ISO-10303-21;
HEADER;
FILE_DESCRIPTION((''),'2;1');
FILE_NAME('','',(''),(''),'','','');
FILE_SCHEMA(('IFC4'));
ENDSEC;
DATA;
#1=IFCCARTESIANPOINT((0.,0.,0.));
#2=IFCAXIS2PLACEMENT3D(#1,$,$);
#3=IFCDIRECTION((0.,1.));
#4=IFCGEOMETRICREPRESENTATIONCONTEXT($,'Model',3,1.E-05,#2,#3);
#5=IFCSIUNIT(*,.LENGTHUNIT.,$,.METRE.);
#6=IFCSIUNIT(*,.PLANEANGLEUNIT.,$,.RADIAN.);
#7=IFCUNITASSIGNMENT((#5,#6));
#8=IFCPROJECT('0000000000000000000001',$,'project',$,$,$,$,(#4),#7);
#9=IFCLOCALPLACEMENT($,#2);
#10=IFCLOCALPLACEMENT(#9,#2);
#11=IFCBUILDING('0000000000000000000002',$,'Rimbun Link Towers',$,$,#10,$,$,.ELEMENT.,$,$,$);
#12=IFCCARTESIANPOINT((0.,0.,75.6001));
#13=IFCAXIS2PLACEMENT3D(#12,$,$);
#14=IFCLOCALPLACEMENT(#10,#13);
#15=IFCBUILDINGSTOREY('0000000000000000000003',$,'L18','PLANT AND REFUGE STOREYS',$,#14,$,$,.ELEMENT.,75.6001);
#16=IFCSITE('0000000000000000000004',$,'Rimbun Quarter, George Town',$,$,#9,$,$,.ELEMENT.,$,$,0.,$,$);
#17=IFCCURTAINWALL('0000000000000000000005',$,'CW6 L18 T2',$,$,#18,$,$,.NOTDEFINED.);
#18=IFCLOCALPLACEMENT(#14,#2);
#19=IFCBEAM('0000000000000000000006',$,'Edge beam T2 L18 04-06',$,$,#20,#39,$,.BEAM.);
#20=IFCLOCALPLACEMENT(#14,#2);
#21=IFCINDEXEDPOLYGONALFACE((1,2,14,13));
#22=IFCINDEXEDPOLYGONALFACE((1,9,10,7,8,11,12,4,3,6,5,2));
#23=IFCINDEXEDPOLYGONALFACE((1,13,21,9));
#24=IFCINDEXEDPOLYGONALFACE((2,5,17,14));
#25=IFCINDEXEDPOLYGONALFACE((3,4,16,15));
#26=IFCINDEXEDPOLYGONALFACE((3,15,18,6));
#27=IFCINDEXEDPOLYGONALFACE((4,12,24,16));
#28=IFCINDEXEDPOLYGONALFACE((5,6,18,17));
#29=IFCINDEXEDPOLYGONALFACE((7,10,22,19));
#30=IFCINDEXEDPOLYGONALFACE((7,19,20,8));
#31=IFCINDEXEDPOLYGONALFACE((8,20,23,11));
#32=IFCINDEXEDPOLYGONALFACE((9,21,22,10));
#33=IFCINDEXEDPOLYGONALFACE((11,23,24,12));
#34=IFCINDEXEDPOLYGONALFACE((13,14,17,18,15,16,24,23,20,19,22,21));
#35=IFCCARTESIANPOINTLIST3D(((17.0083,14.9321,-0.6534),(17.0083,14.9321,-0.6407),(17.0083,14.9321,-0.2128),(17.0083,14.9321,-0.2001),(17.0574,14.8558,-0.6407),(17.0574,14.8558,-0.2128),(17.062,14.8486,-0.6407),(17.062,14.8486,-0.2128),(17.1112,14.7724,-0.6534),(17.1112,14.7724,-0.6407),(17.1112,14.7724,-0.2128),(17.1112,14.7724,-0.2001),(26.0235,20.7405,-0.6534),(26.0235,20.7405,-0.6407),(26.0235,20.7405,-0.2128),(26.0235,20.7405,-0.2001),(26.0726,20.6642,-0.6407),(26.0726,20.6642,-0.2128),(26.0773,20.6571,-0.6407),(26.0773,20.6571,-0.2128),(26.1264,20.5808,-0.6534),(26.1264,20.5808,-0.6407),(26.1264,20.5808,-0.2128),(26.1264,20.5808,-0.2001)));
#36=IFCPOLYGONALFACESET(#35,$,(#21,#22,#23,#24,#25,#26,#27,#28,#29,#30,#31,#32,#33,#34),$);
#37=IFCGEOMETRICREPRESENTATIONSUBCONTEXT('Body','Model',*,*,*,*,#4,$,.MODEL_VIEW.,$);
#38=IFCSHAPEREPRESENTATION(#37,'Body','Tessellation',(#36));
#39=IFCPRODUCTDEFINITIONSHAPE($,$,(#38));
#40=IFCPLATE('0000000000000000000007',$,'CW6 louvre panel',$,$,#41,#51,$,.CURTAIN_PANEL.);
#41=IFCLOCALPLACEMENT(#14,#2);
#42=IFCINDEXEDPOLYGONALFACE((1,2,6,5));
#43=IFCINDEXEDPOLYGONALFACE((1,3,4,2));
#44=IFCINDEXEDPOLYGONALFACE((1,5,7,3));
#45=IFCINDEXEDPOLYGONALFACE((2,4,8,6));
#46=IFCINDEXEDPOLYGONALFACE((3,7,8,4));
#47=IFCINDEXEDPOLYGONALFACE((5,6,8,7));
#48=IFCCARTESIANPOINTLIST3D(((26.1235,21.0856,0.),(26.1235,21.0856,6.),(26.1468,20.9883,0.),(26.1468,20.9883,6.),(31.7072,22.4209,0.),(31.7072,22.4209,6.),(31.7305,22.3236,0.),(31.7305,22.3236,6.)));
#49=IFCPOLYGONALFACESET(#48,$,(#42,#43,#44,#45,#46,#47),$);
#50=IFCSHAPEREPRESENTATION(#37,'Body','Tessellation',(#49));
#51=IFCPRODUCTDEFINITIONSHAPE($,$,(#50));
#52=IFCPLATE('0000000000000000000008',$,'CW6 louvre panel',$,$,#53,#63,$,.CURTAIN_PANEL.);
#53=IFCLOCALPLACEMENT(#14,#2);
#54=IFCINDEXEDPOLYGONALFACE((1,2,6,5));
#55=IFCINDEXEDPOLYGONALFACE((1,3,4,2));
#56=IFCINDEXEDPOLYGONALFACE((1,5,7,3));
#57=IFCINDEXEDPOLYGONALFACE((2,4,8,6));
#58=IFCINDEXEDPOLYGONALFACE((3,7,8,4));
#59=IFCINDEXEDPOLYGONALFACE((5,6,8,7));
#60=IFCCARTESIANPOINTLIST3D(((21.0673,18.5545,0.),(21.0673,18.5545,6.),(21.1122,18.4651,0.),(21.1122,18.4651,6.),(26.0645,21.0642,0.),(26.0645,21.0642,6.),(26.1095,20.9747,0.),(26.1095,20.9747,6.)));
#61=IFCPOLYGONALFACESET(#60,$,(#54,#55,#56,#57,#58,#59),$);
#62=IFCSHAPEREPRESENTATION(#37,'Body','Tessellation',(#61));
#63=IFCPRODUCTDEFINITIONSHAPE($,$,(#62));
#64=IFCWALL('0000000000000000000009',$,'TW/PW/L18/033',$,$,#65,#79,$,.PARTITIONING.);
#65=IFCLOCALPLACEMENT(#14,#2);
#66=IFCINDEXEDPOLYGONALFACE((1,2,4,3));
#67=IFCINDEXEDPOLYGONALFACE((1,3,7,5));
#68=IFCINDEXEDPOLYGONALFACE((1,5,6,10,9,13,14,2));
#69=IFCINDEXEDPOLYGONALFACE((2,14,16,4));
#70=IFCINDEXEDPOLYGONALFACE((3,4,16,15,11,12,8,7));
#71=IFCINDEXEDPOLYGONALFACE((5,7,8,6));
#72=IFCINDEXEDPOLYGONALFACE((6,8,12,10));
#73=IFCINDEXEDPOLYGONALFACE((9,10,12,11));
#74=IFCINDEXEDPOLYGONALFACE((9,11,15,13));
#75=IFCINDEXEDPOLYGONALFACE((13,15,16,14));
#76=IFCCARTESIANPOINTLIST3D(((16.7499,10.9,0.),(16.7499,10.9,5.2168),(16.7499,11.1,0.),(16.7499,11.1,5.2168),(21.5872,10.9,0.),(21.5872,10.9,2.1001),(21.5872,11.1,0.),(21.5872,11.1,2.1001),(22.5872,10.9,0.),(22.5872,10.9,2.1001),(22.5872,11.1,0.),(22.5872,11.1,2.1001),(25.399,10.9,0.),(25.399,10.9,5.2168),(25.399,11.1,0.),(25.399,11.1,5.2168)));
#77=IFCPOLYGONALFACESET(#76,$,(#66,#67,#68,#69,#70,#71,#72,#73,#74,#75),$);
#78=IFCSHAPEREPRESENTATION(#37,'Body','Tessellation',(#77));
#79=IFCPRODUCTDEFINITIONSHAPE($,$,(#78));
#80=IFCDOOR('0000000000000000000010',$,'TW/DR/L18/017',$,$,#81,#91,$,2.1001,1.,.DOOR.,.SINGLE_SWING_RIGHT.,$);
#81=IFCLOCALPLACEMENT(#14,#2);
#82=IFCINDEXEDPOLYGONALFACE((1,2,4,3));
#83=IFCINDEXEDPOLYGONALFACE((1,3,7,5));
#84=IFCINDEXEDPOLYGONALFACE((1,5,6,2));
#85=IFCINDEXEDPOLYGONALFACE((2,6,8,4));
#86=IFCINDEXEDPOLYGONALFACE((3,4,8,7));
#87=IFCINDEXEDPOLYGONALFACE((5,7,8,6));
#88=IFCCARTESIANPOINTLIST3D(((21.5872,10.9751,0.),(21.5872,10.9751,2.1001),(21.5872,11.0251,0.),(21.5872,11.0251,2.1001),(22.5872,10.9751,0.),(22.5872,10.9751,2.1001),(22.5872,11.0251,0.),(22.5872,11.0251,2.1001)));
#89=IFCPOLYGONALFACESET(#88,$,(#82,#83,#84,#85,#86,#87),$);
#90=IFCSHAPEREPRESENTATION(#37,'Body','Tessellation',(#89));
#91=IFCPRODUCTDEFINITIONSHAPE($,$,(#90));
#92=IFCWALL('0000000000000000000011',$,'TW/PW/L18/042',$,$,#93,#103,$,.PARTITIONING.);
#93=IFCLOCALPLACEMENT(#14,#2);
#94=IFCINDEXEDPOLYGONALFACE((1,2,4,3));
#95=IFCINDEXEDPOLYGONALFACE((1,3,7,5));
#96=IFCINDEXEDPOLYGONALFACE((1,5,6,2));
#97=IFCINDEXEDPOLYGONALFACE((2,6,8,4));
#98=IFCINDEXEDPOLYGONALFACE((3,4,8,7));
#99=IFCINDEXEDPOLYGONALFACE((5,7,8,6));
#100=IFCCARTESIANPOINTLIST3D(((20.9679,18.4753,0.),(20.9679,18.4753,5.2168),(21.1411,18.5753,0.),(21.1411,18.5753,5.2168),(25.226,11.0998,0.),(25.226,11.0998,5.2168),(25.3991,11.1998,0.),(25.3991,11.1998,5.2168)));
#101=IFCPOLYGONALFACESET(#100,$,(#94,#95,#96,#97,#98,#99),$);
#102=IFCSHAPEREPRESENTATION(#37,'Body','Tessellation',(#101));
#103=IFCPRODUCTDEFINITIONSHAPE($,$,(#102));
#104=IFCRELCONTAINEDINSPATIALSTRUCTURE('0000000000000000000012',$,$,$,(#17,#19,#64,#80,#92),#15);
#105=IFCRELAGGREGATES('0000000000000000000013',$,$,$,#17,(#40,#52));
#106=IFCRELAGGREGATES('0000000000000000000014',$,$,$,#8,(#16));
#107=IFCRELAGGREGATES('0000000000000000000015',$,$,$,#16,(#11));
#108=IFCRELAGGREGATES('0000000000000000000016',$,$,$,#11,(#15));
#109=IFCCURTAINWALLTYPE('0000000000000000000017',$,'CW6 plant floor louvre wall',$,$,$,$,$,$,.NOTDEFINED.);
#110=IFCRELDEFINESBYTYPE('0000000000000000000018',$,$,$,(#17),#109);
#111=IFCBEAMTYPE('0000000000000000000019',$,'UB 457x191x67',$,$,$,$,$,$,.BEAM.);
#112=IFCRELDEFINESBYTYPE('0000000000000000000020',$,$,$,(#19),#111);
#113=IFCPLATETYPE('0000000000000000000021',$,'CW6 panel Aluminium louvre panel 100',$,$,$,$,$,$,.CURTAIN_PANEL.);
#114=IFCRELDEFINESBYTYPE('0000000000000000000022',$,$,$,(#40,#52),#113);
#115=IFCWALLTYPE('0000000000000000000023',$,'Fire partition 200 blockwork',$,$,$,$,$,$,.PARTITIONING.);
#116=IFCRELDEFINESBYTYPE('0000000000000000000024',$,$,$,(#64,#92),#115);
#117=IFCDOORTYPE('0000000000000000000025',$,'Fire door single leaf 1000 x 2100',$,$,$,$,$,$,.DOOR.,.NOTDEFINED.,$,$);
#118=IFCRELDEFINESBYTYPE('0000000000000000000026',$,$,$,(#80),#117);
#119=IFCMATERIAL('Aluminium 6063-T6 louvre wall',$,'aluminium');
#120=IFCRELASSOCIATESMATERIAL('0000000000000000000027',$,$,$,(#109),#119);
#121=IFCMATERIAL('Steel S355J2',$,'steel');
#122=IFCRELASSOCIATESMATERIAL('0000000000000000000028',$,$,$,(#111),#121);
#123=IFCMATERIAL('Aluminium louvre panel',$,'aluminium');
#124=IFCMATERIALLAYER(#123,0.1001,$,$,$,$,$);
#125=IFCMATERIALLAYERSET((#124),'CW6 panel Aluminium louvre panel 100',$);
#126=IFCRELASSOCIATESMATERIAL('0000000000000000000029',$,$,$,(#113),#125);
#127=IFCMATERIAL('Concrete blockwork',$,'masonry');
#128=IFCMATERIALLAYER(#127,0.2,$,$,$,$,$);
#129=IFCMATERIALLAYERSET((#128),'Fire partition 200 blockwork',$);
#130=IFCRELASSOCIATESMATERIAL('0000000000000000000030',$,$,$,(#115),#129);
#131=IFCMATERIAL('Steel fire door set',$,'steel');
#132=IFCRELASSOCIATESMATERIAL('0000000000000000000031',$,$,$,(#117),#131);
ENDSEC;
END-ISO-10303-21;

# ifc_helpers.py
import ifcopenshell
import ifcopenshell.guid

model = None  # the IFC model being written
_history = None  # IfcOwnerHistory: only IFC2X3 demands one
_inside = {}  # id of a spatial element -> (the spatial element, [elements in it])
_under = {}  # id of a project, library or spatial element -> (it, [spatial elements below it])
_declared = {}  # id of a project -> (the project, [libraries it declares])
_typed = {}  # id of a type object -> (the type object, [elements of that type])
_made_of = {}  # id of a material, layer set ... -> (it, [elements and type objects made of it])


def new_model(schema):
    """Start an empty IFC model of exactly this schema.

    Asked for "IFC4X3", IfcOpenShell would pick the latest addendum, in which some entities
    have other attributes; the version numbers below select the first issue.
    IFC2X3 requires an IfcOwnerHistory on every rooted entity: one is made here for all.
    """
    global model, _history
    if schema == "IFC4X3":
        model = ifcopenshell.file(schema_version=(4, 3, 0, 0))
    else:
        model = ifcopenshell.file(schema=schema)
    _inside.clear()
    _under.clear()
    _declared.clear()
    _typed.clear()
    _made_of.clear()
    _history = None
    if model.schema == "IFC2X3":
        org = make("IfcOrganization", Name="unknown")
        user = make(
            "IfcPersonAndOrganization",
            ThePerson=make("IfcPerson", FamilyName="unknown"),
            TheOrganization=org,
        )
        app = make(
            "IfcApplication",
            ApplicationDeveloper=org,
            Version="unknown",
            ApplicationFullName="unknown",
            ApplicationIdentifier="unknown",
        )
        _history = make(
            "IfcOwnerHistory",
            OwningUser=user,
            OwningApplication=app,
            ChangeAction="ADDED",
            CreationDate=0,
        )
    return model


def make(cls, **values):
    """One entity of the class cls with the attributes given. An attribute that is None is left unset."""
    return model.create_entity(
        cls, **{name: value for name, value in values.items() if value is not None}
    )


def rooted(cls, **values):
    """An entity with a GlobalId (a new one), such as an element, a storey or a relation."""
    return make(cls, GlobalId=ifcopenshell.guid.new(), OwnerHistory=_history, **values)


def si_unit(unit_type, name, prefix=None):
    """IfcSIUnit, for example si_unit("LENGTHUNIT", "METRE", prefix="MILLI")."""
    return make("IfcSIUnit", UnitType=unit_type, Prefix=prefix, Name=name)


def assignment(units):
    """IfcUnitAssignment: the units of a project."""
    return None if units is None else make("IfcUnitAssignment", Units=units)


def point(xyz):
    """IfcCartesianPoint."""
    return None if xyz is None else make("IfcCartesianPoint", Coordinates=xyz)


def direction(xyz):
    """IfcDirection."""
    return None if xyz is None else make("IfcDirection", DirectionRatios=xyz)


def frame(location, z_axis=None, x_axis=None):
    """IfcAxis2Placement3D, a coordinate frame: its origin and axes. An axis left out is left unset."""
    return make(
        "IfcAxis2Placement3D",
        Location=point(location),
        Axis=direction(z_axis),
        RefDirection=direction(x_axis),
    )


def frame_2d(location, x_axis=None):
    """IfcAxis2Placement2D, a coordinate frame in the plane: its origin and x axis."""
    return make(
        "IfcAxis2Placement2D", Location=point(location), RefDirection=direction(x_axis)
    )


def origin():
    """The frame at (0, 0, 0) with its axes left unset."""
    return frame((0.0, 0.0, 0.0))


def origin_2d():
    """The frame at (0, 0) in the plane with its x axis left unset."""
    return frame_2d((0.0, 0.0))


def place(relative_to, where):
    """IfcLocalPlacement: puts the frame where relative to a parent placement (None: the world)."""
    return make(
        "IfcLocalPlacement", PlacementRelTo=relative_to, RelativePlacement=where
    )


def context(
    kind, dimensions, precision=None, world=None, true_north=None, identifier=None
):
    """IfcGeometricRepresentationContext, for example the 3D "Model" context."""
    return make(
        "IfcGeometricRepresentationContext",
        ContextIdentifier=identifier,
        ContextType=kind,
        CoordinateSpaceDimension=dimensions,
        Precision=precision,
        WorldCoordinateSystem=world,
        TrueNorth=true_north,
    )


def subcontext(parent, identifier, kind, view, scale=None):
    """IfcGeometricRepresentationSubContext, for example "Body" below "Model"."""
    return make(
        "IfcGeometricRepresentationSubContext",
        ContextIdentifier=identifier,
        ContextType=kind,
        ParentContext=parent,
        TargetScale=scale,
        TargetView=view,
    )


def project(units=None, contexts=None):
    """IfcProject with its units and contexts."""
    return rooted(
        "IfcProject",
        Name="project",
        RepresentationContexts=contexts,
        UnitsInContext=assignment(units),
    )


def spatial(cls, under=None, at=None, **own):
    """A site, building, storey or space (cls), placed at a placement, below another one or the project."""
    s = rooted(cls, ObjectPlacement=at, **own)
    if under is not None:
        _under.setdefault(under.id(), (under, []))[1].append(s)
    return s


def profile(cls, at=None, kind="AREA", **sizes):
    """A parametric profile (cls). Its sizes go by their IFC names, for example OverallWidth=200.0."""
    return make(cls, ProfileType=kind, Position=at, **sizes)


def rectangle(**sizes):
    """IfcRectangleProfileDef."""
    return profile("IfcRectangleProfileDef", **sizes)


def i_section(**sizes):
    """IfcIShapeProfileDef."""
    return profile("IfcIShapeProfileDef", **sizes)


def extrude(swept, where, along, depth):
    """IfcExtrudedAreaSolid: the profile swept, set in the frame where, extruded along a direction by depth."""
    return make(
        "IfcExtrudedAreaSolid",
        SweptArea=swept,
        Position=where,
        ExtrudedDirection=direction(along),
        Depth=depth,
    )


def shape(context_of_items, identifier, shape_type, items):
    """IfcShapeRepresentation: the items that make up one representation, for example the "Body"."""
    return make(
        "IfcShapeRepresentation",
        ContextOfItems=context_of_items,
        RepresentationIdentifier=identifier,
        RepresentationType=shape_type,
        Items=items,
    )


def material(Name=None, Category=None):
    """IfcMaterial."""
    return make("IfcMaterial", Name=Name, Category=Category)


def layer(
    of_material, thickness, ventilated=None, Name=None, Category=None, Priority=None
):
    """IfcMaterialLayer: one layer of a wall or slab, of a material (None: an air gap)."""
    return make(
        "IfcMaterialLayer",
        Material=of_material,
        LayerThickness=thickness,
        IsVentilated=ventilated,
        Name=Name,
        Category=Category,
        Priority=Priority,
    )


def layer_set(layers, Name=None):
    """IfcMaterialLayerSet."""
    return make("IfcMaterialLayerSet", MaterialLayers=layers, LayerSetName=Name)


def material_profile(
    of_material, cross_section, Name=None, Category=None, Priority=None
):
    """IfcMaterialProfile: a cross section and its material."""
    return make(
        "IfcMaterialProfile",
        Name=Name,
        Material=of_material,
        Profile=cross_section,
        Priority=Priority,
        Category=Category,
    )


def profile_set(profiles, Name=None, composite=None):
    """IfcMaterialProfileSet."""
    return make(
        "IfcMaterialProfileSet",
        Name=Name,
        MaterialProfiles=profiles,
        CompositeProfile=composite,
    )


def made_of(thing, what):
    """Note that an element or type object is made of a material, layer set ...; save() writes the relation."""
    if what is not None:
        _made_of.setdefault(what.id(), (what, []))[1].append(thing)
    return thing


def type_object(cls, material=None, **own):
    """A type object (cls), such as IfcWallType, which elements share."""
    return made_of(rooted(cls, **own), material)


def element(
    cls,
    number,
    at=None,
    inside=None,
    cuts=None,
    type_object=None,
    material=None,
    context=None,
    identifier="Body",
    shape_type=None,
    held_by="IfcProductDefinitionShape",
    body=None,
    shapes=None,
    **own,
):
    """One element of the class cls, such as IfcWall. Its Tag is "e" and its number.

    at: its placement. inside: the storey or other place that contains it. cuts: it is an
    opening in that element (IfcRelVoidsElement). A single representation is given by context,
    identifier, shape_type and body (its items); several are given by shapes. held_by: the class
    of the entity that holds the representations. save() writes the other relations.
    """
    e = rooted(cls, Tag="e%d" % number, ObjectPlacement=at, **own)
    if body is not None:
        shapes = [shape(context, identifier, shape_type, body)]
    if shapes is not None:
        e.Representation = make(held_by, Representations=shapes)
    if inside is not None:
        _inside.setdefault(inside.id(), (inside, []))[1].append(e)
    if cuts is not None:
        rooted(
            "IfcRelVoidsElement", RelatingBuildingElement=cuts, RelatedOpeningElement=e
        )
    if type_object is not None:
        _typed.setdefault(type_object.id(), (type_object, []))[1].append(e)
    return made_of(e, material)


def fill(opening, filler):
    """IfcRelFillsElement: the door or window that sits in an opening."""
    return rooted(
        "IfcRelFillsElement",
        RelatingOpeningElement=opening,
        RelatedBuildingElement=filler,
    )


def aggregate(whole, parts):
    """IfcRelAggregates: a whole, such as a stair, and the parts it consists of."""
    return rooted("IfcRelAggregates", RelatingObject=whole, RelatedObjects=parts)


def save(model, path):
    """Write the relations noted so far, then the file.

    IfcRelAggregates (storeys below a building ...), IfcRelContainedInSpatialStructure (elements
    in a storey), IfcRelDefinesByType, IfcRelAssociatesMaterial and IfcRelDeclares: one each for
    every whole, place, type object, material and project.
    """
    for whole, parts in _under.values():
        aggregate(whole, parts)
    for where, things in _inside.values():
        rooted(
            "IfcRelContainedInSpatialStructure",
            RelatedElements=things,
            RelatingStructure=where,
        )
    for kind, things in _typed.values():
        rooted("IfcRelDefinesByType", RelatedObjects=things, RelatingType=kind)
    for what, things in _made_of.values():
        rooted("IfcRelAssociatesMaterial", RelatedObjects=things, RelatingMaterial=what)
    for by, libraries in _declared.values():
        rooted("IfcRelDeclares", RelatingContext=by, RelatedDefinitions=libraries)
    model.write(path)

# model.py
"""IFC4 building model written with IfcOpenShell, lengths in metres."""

from ifc_helpers import new_model, si_unit, direction, frame, frame_2d, origin, origin_2d, place, context, subcontext, project, spatial, rectangle, i_section, extrude, material, layer, layer_set, material_profile, profile_set, type_object, element, fill, aggregate, save


model = new_model("IFC4")

# Units and contexts
model_context = context("Model", 3, precision=1e-05, world=origin(), true_north=direction((0.0, 1.0)))
body_context = subcontext(model_context, "Body", "Model", "MODEL_VIEW")
ifc_project = project(units=[si_unit("LENGTHUNIT", "METRE"), si_unit("PLANEANGLEUNIT", "RADIAN")], contexts=[model_context])

# Site, building, storey
site_placement = place(None, origin())
site = spatial("IfcSite", under=ifc_project, at=site_placement, Name="Rimbun Quarter, George Town", CompositionType="ELEMENT", RefElevation=0.0)
building_placement = place(site_placement, origin())
building = spatial("IfcBuilding", under=site, at=building_placement, Name="Rimbun Link Towers", CompositionType="ELEMENT")
storey_placement = place(building_placement, frame((0.0, 0.0, 75.6001)))
storey = spatial("IfcBuildingStorey", under=building, at=storey_placement, Name="L18", Description="PLANT AND REFUGE STOREYS", CompositionType="ELEMENT", Elevation=75.6001)

# Curtain wall
ifc_material_1 = material(Name="Aluminium 6063-T6 louvre wall", Category="aluminium")
curtain_wall_type = type_object("IfcCurtainWallType", Name="CW6 plant floor louvre wall", PredefinedType="NOTDEFINED", material=ifc_material_1)
curtain_wall_placement = place(storey_placement, origin())
curtain_wall = element("IfcCurtainWall", 1, at=curtain_wall_placement, inside=storey, type_object=curtain_wall_type, Name="CW6 L18 T2", PredefinedType="NOTDEFINED")

# Beam
ifc_material_2 = material(Name="Steel S355J2", Category="steel")
ifc_material_profile_1 = material_profile(ifc_material_2, i_section(OverallWidth=0.1899, OverallDepth=0.4534, WebThickness=0.0085, FlangeThickness=0.0127, at=origin_2d()), Name="UB 457x191x67")
ifc_profile_set_1 = profile_set([ifc_material_profile_1], Name="Steel S355J2")
beam_type_1 = type_object("IfcBeamType", Name="UB 457x191x67", PredefinedType="BEAM", material=ifc_profile_set_1)
beam_1_placement = place(storey_placement, frame((26.075, 20.6606, -0.4268), z_axis=(-0.840631, -0.541609, 0.0), x_axis=(0.541609, -0.840631, 0.0)))
element("IfcBeam", 2, at=beam_1_placement, inside=storey, type_object=beam_type_1, Name="Edge beam T2 L18 04-06", PredefinedType="BEAM", context=body_context, shape_type="SweptSolid", body=[
    extrude(i_section(OverallWidth=0.1899, OverallDepth=0.4534, WebThickness=0.0085, FlangeThickness=0.0127, at=origin_2d()), origin(), (0.0, 0.0, 1.0), 10.7244),
])

# Plates
ifc_material_3 = material(Name="Aluminium louvre panel", Category="aluminium")
ifc_layer_1 = layer(ifc_material_3, 0.1001)
ifc_layer_set_1 = layer_set([ifc_layer_1], Name="CW6 panel Aluminium louvre panel 100")
plate_type = type_object("IfcPlateType", Name="CW6 panel Aluminium louvre panel 100", PredefinedType="CURTAIN_PANEL", material=ifc_layer_set_1)
plate_1_placement = place(storey_placement, frame((28.927, 21.7046, 0.0), z_axis=(0.0, 0.0, 1.0), x_axis=(0.972576, 0.232584, 0.0)))
plate_1 = element("IfcPlate", 3, at=plate_1_placement, type_object=plate_type, Name="CW6 louvre panel", PredefinedType="CURTAIN_PANEL", context=body_context, shape_type="SweptSolid", body=[
    extrude(rectangle(XDim=5.7412, YDim=0.1001, at=origin_2d()), origin(), (0.0, 0.0, 1.0), 6.0),
])
plate_2_placement = place(storey_placement, frame((23.5884, 19.7646, 0.0), z_axis=(0.0, 0.0, 1.0), x_axis=(0.893637, 0.44879, 0.0)))
plate_2 = element("IfcPlate", 4, at=plate_2_placement, type_object=plate_type, Name="CW6 louvre panel", PredefinedType="CURTAIN_PANEL", context=body_context, shape_type="SweptSolid", body=[
    extrude(rectangle(XDim=5.592, YDim=0.1001, at=origin_2d()), origin(), (0.0, 0.0, 1.0), 6.0),
])
aggregate(curtain_wall, [plate_1, plate_2])

# Wall, opening, door
ifc_material_4 = material(Name="Concrete blockwork", Category="masonry")
ifc_layer_2 = layer(ifc_material_4, 0.2)
ifc_layer_set_2 = layer_set([ifc_layer_2], Name="Fire partition 200 blockwork")
wall_type = type_object("IfcWallType", Name="Fire partition 200 blockwork", PredefinedType="PARTITIONING", material=ifc_layer_set_2)
wall_1_placement = place(storey_placement, frame((25.3992, 11.0, 0.0), z_axis=(0.0, 0.0, 1.0), x_axis=(-1.0, 0.0, 0.0)))
wall_1 = element("IfcWall", 5, at=wall_1_placement, inside=storey, type_object=wall_type, Name="TW/PW/L18/033", PredefinedType="PARTITIONING", context=body_context, shape_type="SweptSolid", body=[
    extrude(rectangle(XDim=8.6492, YDim=0.2, at=frame_2d((4.3247, 0.0))), origin(), (0.0, 0.0, 1.0), 5.2168),
])
opening_placement = place(wall_1_placement, frame((2.812, 0.0, 0.0)))
opening = element("IfcOpeningElement", 6, at=opening_placement, cuts=wall_1, PredefinedType="OPENING", context=body_context, shape_type="SweptSolid", body=[
    extrude(rectangle(XDim=1.0, YDim=2.1001, at=frame_2d((0.5, 1.05))), frame((0.0, 0.1099, 0.0), z_axis=(0.0, -1.0, 0.0), x_axis=(1.0, 0.0, 0.0)), (0.0, 0.0, 1.0), 0.22),
])
ifc_material_5 = material(Name="Steel fire door set", Category="steel")
door_type = type_object("IfcDoorType", Name="Fire door single leaf 1000 x 2100", OperationType="NOTDEFINED", PredefinedType="DOOR", material=ifc_material_5)
door_placement = place(opening_placement, origin())
door = element("IfcDoor", 7, at=door_placement, inside=storey, type_object=door_type, Name="TW/DR/L18/017", OperationType="SINGLE_SWING_RIGHT", OverallHeight=2.1001, OverallWidth=1.0, PredefinedType="DOOR", context=body_context, shape_type="SweptSolid", body=[
    extrude(rectangle(XDim=1.0, YDim=2.1001, at=frame_2d((0.5, 1.05))), frame((0.0, 0.0249, 0.0), z_axis=(0.0, -1.0, 0.0), x_axis=(1.0, 0.0, 0.0)), (0.0, 0.0, 1.0), 0.05),
])
fill(opening, door)

# Wall
wall_2_placement = place(storey_placement, frame((21.0544, 18.5254, 0.0), z_axis=(0.0, 0.0, 1.0), x_axis=(0.499984, -0.866035, 0.0)))
element("IfcWall", 8, at=wall_2_placement, inside=storey, type_object=wall_type, Name="TW/PW/L18/042", PredefinedType="PARTITIONING", context=body_context, shape_type="SweptSolid", body=[
    extrude(rectangle(XDim=8.5164, YDim=0.2, at=frame_2d((4.2583, 0.0))), origin(), (0.0, 0.0, 1.0), 5.2168),
])

save(model, "model.ifc")
